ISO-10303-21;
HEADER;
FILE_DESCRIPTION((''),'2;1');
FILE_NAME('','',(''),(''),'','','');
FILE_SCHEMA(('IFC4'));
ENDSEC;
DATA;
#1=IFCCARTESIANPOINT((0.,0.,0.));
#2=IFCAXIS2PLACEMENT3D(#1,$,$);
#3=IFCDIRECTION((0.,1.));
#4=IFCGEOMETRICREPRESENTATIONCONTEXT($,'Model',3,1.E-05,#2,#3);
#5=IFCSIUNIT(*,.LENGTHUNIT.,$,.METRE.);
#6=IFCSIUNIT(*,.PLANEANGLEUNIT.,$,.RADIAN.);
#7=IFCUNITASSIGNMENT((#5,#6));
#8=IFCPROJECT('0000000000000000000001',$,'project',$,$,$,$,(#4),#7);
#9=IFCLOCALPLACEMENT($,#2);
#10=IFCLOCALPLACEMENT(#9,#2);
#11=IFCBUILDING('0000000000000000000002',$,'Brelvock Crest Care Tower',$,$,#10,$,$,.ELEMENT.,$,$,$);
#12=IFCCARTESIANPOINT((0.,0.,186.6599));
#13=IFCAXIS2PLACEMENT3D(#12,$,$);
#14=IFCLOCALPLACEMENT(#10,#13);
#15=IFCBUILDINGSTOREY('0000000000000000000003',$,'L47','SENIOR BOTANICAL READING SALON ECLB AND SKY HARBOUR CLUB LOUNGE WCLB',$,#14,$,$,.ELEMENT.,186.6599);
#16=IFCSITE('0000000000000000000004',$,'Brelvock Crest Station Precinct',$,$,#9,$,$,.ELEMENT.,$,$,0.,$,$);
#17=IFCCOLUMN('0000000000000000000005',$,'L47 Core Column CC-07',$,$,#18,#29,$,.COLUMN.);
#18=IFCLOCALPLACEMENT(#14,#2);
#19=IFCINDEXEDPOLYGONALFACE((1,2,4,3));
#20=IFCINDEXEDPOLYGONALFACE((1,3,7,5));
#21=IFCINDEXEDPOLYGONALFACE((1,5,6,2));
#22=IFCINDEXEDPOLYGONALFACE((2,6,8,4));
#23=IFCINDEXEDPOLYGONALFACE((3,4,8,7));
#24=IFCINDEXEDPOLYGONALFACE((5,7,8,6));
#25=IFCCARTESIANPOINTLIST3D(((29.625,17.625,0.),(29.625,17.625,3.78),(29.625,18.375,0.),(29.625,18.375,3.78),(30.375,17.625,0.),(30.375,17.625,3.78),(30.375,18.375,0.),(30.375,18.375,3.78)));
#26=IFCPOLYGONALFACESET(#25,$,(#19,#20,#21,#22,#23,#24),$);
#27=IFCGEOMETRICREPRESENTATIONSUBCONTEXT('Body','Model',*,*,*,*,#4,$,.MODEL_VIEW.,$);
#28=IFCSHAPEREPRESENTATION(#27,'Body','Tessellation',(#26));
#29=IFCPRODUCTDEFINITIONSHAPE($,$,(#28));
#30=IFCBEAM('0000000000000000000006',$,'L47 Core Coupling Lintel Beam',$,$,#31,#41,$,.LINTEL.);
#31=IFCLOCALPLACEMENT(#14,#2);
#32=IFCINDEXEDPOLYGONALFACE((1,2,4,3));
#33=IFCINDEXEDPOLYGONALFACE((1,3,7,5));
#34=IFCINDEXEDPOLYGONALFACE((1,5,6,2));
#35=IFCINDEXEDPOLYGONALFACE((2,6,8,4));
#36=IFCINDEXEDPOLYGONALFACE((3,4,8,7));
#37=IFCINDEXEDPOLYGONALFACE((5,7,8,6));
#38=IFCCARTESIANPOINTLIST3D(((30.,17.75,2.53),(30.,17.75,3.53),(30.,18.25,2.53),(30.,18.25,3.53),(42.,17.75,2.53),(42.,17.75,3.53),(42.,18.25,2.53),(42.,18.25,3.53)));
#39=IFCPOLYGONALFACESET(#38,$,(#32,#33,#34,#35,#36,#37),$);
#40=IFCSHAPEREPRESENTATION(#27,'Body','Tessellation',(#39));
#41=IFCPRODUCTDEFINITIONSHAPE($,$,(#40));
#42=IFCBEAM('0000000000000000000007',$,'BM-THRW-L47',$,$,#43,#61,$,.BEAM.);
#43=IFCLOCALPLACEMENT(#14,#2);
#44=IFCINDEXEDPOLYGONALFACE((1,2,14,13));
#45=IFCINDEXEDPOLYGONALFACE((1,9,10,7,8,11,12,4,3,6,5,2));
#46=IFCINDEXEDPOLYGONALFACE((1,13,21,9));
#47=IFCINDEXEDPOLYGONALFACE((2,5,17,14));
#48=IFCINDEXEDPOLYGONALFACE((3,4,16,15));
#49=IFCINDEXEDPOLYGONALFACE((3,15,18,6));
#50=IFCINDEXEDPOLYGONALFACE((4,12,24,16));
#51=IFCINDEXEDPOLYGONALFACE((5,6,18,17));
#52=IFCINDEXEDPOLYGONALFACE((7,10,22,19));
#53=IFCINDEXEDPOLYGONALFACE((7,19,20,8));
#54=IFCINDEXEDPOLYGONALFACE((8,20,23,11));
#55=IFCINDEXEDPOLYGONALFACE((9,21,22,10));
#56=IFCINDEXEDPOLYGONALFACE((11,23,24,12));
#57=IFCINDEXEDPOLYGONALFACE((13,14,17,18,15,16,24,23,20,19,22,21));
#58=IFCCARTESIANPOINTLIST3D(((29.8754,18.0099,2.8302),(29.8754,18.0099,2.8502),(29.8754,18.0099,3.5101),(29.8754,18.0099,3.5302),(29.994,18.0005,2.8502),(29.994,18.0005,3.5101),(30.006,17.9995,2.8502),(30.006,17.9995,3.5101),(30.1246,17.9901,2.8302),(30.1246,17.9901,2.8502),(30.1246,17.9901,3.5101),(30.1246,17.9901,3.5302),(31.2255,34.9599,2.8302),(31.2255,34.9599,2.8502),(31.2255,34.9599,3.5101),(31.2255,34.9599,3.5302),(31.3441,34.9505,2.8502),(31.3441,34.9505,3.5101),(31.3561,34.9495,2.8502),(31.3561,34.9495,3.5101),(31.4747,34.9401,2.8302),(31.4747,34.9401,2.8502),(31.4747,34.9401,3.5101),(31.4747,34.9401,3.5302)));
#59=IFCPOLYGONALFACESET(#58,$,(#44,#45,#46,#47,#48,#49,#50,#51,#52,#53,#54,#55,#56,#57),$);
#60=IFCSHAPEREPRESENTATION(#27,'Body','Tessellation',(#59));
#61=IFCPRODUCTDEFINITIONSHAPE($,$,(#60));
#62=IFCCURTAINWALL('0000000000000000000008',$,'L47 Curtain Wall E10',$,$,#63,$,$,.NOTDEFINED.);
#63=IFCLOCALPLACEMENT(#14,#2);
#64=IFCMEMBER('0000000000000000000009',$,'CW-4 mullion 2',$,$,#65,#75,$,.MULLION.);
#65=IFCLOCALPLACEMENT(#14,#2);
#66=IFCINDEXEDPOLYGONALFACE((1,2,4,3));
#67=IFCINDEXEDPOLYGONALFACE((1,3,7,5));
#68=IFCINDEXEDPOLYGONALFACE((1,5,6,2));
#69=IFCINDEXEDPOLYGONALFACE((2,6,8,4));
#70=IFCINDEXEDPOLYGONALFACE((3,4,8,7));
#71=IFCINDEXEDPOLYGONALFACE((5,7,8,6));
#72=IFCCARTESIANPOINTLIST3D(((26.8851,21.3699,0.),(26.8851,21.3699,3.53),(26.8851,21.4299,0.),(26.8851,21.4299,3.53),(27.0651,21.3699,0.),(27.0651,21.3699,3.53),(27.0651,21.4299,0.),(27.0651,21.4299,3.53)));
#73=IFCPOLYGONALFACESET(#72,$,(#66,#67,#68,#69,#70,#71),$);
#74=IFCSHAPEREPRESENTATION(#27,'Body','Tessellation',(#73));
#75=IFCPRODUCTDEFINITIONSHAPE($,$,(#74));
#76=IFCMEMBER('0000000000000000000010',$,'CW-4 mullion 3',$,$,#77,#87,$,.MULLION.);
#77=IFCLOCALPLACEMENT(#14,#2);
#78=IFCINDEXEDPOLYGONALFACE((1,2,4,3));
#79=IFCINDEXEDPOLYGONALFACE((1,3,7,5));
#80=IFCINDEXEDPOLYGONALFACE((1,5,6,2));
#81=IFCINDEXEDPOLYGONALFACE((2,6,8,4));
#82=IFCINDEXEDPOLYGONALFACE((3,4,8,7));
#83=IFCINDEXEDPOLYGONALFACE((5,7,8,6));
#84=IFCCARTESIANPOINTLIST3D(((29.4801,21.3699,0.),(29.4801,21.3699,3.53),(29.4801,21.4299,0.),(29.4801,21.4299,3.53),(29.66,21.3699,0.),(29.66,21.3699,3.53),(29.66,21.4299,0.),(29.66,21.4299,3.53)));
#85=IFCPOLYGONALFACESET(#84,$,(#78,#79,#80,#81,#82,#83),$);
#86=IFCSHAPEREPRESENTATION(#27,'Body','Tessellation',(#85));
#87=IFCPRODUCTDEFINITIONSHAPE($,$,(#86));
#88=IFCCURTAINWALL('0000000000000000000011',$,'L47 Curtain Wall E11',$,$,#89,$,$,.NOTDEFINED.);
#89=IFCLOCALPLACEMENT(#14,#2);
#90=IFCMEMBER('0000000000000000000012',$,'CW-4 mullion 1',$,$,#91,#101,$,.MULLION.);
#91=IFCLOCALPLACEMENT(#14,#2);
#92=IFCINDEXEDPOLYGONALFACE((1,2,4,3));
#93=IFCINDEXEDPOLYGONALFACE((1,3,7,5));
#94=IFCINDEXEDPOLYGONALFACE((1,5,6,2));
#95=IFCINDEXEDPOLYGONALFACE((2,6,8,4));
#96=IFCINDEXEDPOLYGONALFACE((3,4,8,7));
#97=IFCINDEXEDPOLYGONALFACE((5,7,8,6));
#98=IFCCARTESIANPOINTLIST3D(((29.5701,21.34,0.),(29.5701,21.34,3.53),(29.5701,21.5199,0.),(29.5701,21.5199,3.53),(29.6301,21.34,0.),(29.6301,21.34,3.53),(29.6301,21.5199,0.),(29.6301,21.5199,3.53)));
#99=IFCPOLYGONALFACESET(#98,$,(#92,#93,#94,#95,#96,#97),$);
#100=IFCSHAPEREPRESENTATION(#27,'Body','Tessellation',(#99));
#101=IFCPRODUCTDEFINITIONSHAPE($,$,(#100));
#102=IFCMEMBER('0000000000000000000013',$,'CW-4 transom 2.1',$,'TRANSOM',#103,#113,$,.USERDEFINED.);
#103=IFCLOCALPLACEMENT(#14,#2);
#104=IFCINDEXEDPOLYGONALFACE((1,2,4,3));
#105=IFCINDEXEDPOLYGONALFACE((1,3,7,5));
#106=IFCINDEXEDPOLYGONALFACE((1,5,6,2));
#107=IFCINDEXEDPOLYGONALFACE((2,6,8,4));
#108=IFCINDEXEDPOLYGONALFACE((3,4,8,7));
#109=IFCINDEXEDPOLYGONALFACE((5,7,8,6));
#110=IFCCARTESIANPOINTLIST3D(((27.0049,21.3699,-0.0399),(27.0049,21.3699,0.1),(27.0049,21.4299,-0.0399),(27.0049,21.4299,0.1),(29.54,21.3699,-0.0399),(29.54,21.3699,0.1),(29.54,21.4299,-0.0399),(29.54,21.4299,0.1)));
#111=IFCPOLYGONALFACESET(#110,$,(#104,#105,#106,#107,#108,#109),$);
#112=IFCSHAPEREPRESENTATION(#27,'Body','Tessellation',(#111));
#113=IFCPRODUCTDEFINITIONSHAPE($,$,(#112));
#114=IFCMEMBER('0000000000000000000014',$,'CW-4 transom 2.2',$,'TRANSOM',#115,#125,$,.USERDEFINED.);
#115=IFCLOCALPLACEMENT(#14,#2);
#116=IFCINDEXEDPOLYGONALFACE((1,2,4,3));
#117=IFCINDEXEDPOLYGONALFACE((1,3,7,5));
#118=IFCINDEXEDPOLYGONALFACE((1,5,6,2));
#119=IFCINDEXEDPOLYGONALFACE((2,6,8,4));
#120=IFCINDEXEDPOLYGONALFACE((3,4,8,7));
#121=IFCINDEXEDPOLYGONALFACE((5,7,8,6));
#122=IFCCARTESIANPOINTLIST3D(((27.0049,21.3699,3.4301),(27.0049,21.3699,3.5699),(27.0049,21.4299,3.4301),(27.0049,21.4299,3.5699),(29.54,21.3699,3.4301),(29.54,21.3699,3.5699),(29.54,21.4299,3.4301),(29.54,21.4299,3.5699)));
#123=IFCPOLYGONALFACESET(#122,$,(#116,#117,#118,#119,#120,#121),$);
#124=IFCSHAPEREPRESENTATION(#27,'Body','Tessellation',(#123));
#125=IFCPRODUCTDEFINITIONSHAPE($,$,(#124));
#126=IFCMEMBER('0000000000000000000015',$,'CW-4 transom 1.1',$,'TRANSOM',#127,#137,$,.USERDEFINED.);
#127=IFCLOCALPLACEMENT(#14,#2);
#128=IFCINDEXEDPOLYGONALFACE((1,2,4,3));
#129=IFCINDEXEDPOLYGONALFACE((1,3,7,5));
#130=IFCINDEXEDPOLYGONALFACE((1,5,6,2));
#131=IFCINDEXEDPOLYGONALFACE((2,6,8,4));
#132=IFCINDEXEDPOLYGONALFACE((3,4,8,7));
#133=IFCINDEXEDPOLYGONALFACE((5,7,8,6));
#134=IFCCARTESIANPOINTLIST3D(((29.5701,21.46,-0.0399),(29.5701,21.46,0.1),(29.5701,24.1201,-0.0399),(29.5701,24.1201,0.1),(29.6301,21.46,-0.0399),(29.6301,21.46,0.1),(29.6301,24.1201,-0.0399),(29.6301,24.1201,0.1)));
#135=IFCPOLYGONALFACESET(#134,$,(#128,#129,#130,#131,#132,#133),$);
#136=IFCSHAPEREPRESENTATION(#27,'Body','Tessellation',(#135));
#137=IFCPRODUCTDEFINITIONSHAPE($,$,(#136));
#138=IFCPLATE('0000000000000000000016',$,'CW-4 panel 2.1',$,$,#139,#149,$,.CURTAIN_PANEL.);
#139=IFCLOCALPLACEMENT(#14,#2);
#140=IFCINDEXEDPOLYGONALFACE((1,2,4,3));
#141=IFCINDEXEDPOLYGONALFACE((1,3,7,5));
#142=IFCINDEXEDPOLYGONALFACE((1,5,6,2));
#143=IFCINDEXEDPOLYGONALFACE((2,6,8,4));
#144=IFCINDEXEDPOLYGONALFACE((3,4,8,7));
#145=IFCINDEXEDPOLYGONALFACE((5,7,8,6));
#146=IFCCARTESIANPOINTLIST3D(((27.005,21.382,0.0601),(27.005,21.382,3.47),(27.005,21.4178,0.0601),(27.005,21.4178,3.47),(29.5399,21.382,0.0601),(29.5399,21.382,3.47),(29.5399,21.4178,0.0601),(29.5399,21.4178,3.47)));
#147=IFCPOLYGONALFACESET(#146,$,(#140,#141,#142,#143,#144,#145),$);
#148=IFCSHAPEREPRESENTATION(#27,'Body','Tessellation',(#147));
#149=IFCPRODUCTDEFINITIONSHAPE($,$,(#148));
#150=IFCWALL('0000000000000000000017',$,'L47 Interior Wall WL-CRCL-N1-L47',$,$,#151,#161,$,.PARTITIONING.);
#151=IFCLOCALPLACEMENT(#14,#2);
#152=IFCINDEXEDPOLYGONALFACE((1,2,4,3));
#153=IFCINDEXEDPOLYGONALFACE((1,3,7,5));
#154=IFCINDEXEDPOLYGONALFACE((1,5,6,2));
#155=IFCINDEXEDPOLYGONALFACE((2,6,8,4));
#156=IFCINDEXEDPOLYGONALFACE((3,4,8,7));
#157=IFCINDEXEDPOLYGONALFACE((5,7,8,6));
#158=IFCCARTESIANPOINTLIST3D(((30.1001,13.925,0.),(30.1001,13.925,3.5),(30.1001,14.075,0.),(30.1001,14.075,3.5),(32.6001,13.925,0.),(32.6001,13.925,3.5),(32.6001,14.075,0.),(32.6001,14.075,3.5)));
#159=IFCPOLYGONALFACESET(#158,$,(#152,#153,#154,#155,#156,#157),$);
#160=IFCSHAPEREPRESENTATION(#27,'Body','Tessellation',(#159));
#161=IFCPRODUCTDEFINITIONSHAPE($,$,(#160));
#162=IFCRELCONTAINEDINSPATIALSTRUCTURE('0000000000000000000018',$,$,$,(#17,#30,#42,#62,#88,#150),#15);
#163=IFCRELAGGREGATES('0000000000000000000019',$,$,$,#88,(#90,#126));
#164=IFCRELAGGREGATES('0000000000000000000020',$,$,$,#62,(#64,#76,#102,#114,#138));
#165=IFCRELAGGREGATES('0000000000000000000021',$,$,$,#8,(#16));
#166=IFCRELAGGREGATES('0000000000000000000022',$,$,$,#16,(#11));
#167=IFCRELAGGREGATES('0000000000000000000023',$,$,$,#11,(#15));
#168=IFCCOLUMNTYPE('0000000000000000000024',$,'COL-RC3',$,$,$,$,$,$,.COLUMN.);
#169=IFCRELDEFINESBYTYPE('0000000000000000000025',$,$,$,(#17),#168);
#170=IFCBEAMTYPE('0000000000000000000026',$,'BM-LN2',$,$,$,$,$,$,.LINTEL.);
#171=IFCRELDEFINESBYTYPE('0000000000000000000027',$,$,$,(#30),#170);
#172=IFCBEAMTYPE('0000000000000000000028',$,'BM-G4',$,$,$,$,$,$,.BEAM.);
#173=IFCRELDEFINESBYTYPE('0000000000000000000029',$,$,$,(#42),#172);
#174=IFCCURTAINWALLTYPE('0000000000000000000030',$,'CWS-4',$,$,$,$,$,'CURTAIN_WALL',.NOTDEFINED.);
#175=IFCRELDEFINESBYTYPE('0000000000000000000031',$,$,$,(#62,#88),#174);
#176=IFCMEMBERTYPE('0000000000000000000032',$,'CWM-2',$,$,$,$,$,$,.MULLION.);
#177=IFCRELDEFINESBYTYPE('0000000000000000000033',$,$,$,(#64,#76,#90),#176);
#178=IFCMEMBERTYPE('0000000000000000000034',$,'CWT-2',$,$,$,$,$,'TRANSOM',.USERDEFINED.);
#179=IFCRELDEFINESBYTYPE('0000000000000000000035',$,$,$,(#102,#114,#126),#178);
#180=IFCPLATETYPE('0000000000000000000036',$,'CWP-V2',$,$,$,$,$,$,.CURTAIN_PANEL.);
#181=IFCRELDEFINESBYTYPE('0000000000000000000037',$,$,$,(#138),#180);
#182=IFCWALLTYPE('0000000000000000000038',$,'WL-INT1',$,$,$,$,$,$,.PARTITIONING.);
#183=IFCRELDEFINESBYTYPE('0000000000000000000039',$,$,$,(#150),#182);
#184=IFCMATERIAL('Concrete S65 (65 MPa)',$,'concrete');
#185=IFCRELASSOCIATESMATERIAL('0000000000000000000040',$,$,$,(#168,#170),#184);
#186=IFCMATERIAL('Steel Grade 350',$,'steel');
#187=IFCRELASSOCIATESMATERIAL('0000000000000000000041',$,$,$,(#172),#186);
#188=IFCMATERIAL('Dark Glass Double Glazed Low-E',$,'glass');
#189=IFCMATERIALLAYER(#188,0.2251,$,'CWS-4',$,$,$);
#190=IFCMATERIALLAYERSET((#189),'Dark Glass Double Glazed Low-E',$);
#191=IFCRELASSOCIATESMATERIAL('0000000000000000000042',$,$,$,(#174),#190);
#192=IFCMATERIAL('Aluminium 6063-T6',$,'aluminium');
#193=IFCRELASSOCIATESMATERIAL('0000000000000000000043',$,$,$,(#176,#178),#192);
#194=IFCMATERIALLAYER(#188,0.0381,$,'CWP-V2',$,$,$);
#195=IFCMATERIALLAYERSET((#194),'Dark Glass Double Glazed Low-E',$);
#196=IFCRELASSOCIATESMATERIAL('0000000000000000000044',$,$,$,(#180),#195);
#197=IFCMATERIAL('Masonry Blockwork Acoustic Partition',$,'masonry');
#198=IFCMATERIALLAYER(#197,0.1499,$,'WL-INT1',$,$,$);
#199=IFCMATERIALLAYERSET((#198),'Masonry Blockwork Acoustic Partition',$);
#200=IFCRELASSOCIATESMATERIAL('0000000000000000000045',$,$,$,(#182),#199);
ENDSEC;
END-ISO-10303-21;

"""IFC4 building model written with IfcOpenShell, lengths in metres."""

from ifc_helpers import new_model, si_unit, direction, frame, frame_2d, origin, origin_2d, place, context, subcontext, project, spatial, rectangle, i_section, extrude, source, transform, mapped, material, layer, layer_set, material_profile, profile_set, type_object, element, aggregate, save


model = new_model("IFC4")

# Units and contexts
model_context = context("Model", 3, precision=1e-05, world=origin(), true_north=direction((0.0, 1.0)))
body_context = subcontext(model_context, "Body", "Model", "MODEL_VIEW")
ifc_project = project(units=[si_unit("LENGTHUNIT", "METRE"), si_unit("PLANEANGLEUNIT", "RADIAN")], contexts=[model_context])

# Site, building, storey
site_placement = place(None, origin())
site = spatial("IfcSite", under=ifc_project, at=site_placement, Name="Brelvock Crest Station Precinct", CompositionType="ELEMENT", RefElevation=0.0)
building_placement = place(site_placement, origin())
building = spatial("IfcBuilding", under=site, at=building_placement, Name="Brelvock Crest Care Tower", CompositionType="ELEMENT")
storey_placement = place(building_placement, frame((0.0, 0.0, 186.6599)))
storey = spatial("IfcBuildingStorey", under=building, at=storey_placement, Name="L47", Description="SENIOR BOTANICAL READING SALON ECLB AND SKY HARBOUR CLUB LOUNGE WCLB", CompositionType="ELEMENT", Elevation=186.6599)

# Column
ifc_material_1 = material(Name="Concrete S65 (65 MPa)", Category="concrete")
ifc_material_profile_1 = material_profile(ifc_material_1, rectangle(XDim=0.75, YDim=0.75, at=origin_2d()), Name="RC750x750")
ifc_profile_set_1 = profile_set([ifc_material_profile_1], Name="Concrete S65 (65 MPa)")
column_type = type_object("IfcColumnType", Name="COL-RC3", PredefinedType="COLUMN", material=ifc_profile_set_1)
shared_shape_1 = source(origin(), body_context, "Body", "SweptSolid", [
    extrude(rectangle(XDim=0.75, YDim=0.75, at=origin_2d()), origin(), (0.0, 0.0, 1.0), 3.78),
])
column_placement = place(storey_placement, frame((30.0, 18.0, 0.0), z_axis=(0.0, 0.0, 1.0), x_axis=(1.0, 0.0, 0.0)))
element("IfcColumn", 1, at=column_placement, inside=storey, type_object=column_type, Name="L47 Core Column CC-07", PredefinedType="COLUMN", context=body_context, shape_type="MappedRepresentation", body=[
    mapped(shared_shape_1, transform((0.0, 0.0, 0.0), x_axis=(1.0, 0.0, 0.0), y_axis=(0.0, 1.0, 0.0), z_axis=(0.0, 0.0, 1.0), scale=1.0)),
])

# Beams
ifc_material_profile_2 = material_profile(ifc_material_1, rectangle(XDim=0.5, YDim=1.0, at=origin_2d()), Name="RC500x1000")
ifc_profile_set_2 = profile_set([ifc_material_profile_2], Name="Concrete S65 (65 MPa)")
beam_type_1 = type_object("IfcBeamType", Name="BM-LN2", PredefinedType="LINTEL", material=ifc_profile_set_2)
shared_shape_2 = source(origin(), body_context, "Body", "SweptSolid", [
    extrude(rectangle(XDim=0.5, YDim=1.0, at=origin_2d()), origin(), (0.0, 0.0, 1.0), 12.0),
])
beam_1_placement = place(storey_placement, frame((30.0, 18.0, 3.03), z_axis=(1.0, 0.0, 0.0), x_axis=(0.0, 1.0, 0.0)))
element("IfcBeam", 2, at=beam_1_placement, inside=storey, type_object=beam_type_1, Name="L47 Core Coupling Lintel Beam", PredefinedType="LINTEL", context=body_context, shape_type="MappedRepresentation", body=[
    mapped(shared_shape_2, transform((0.0, 0.0, 0.0), x_axis=(1.0, 0.0, 0.0), y_axis=(0.0, 1.0, 0.0), z_axis=(0.0, 0.0, 1.0), scale=1.0)),
])
ifc_material_2 = material(Name="Steel Grade 350", Category="steel")
ifc_material_profile_3 = material_profile(ifc_material_2, i_section(OverallWidth=0.25, OverallDepth=0.7, WebThickness=0.012, FlangeThickness=0.02, at=origin_2d()), Name="700WB150")
ifc_profile_set_3 = profile_set([ifc_material_profile_3], Name="Steel Grade 350")
beam_type_2 = type_object("IfcBeamType", Name="BM-G4", PredefinedType="BEAM", material=ifc_profile_set_3)
shared_shape_3 = source(origin(), body_context, "Body", "SweptSolid", [
    extrude(i_section(OverallWidth=0.25, OverallDepth=0.7, WebThickness=0.012, FlangeThickness=0.02, at=origin_2d()), origin(), (0.0, 0.0, 1.0), 17.0037),
])
beam_2_placement = place(storey_placement, frame((30.0, 18.0, 3.1802), z_axis=(0.079401, 0.996843, 0.0), x_axis=(-0.996843, 0.079401, 0.0)))
element("IfcBeam", 3, at=beam_2_placement, inside=storey, type_object=beam_type_2, Name="BM-THRW-L47", PredefinedType="BEAM", context=body_context, shape_type="MappedRepresentation", body=[
    mapped(shared_shape_3, transform((0.0, 0.0, 0.0), x_axis=(1.0, 0.0, 0.0), y_axis=(0.0, 1.0, 0.0), z_axis=(0.0, 0.0, 1.0), scale=1.0)),
])

# Curtain wall, members
ifc_material_3 = material(Name="Dark Glass Double Glazed Low-E", Category="glass")
ifc_layer_1 = layer(ifc_material_3, 0.2251, Name="CWS-4")
ifc_layer_set_1 = layer_set([ifc_layer_1], Name="Dark Glass Double Glazed Low-E")
curtain_wall_type = type_object("IfcCurtainWallType", Name="CWS-4", ElementType="CURTAIN_WALL", PredefinedType="NOTDEFINED", material=ifc_layer_set_1)
curtain_wall_1_placement = place(storey_placement, origin())
curtain_wall_1 = element("IfcCurtainWall", 4, at=curtain_wall_1_placement, inside=storey, type_object=curtain_wall_type, Name="L47 Curtain Wall E10", PredefinedType="NOTDEFINED")
ifc_material_4 = material(Name="Aluminium 6063-T6", Category="aluminium")
ifc_material_profile_4 = material_profile(ifc_material_4, rectangle(XDim=0.0601, YDim=0.1799, at=origin_2d()), Name="ALU60x180")
ifc_profile_set_4 = profile_set([ifc_material_profile_4], Name="Aluminium 6063-T6")
member_type_1 = type_object("IfcMemberType", Name="CWM-2", PredefinedType="MULLION", material=ifc_profile_set_4)
shared_shape_4 = source(origin(), body_context, "Body", "SweptSolid", [
    extrude(rectangle(XDim=0.0601, YDim=0.1799, at=origin_2d()), origin(), (0.0, 0.0, 1.0), 3.53),
])
member_1_placement = place(storey_placement, frame((26.9751, 21.3999, 0.0), z_axis=(0.0, 0.0, 1.0), x_axis=(0.0, 1.0, 0.0)))
member_1 = element("IfcMember", 5, at=member_1_placement, type_object=member_type_1, Name="CW-4 mullion 2", PredefinedType="MULLION", context=body_context, shape_type="MappedRepresentation", body=[
    mapped(shared_shape_4, transform((0.0, 0.0, 0.0), x_axis=(1.0, 0.0, 0.0), y_axis=(0.0, 1.0, 0.0), z_axis=(0.0, 0.0, 1.0), scale=1.0)),
])
member_2_placement = place(storey_placement, frame((29.5701, 21.3999, 0.0), z_axis=(0.0, 0.0, 1.0), x_axis=(0.0, 1.0, 0.0)))
member_2 = element("IfcMember", 6, at=member_2_placement, type_object=member_type_1, Name="CW-4 mullion 3", PredefinedType="MULLION", context=body_context, shape_type="MappedRepresentation", body=[
    mapped(shared_shape_4, transform((0.0, 0.0, 0.0), x_axis=(1.0, 0.0, 0.0), y_axis=(0.0, 1.0, 0.0), z_axis=(0.0, 0.0, 1.0), scale=1.0)),
])

# Curtain wall, member
curtain_wall_2_placement = place(storey_placement, origin())
curtain_wall_2 = element("IfcCurtainWall", 7, at=curtain_wall_2_placement, inside=storey, type_object=curtain_wall_type, Name="L47 Curtain Wall E11", PredefinedType="NOTDEFINED")
member_3_placement = place(storey_placement, frame((29.6001, 21.4299, 0.0), z_axis=(0.0, 0.0, 1.0), x_axis=(-1.0, 0.0, 0.0)))
member_3 = element("IfcMember", 8, at=member_3_placement, type_object=member_type_1, Name="CW-4 mullion 1", PredefinedType="MULLION", context=body_context, shape_type="MappedRepresentation", body=[
    mapped(shared_shape_4, transform((0.0, 0.0, 0.0), x_axis=(1.0, 0.0, 0.0), y_axis=(0.0, 1.0, 0.0), z_axis=(0.0, 0.0, 1.0), scale=1.0)),
])

# Members
ifc_material_profile_5 = material_profile(ifc_material_4, rectangle(XDim=0.0601, YDim=0.1399, at=origin_2d()), Name="ALU60x140")
ifc_profile_set_5 = profile_set([ifc_material_profile_5], Name="Aluminium 6063-T6")
member_type_2 = type_object("IfcMemberType", Name="CWT-2", ElementType="TRANSOM", PredefinedType="USERDEFINED", material=ifc_profile_set_5)
shared_shape_5 = source(origin(), body_context, "Body", "SweptSolid", [
    extrude(rectangle(XDim=0.0601, YDim=0.1399, at=origin_2d()), origin(), (0.0, 0.0, 1.0), 2.5352),
])
member_4_placement = place(storey_placement, frame((27.0049, 21.3999, 0.03), z_axis=(1.0, 0.0, 0.0), x_axis=(0.0, 1.0, 0.0)))
member_4 = element("IfcMember", 9, at=member_4_placement, type_object=member_type_2, Name="CW-4 transom 2.1", ObjectType="TRANSOM", PredefinedType="USERDEFINED", context=body_context, shape_type="MappedRepresentation", body=[
    mapped(shared_shape_5, transform((0.0, 0.0, 0.0), x_axis=(1.0, 0.0, 0.0), y_axis=(0.0, 1.0, 0.0), z_axis=(0.0, 0.0, 1.0), scale=1.0)),
])
member_5_placement = place(storey_placement, frame((27.0049, 21.3999, 3.5), z_axis=(1.0, 0.0, 0.0), x_axis=(0.0, 1.0, 0.0)))
member_5 = element("IfcMember", 10, at=member_5_placement, type_object=member_type_2, Name="CW-4 transom 2.2", ObjectType="TRANSOM", PredefinedType="USERDEFINED", context=body_context, shape_type="MappedRepresentation", body=[
    mapped(shared_shape_5, transform((0.0, 0.0, 0.0), x_axis=(1.0, 0.0, 0.0), y_axis=(0.0, 1.0, 0.0), z_axis=(0.0, 0.0, 1.0), scale=1.0)),
])
shared_shape_6 = source(origin(), body_context, "Body", "SweptSolid", [
    extrude(rectangle(XDim=0.0601, YDim=0.1399, at=origin_2d()), origin(), (0.0, 0.0, 1.0), 2.6602),
])
member_6_placement = place(storey_placement, frame((29.6001, 21.46, 0.03), z_axis=(0.0, 1.0, 0.0), x_axis=(-1.0, 0.0, 0.0)))
member_6 = element("IfcMember", 11, at=member_6_placement, type_object=member_type_2, Name="CW-4 transom 1.1", ObjectType="TRANSOM", PredefinedType="USERDEFINED", context=body_context, shape_type="MappedRepresentation", body=[
    mapped(shared_shape_6, transform((0.0, 0.0, 0.0), x_axis=(1.0, 0.0, 0.0), y_axis=(0.0, 1.0, 0.0), z_axis=(0.0, 0.0, 1.0), scale=1.0)),
])
aggregate(curtain_wall_2, [member_3, member_6])

# Plate
ifc_layer_2 = layer(ifc_material_3, 0.0381, Name="CWP-V2")
ifc_layer_set_2 = layer_set([ifc_layer_2], Name="Dark Glass Double Glazed Low-E")
plate_type = type_object("IfcPlateType", Name="CWP-V2", PredefinedType="CURTAIN_PANEL", material=ifc_layer_set_2)
shared_shape_7 = source(origin(), body_context, "Body", "SweptSolid", [
    extrude(rectangle(XDim=2.5349, YDim=0.0359, at=origin_2d()), origin(), (0.0, 0.0, 1.0), 3.4099),
])
plate_placement = place(storey_placement, frame((28.2725, 21.3999, 0.0601), z_axis=(0.0, 0.0, 1.0), x_axis=(1.0, 0.0, 0.0)))
plate = element("IfcPlate", 12, at=plate_placement, type_object=plate_type, Name="CW-4 panel 2.1", PredefinedType="CURTAIN_PANEL", context=body_context, shape_type="MappedRepresentation", body=[
    mapped(shared_shape_7, transform((0.0, 0.0, 0.0), x_axis=(1.0, 0.0, 0.0), y_axis=(0.0, 1.0, 0.0), z_axis=(0.0, 0.0, 1.0), scale=1.0)),
])
aggregate(curtain_wall_1, [member_1, member_2, member_4, member_5, plate])

# Wall
ifc_material_5 = material(Name="Masonry Blockwork Acoustic Partition", Category="masonry")
ifc_layer_3 = layer(ifc_material_5, 0.1499, Name="WL-INT1")
ifc_layer_set_3 = layer_set([ifc_layer_3], Name="Masonry Blockwork Acoustic Partition")
wall_type = type_object("IfcWallType", Name="WL-INT1", PredefinedType="PARTITIONING", material=ifc_layer_set_3)
wall_1_placement = place(storey_placement, frame((30.1001, 14.0, 0.0), z_axis=(0.0, 0.0, 1.0), x_axis=(1.0, 0.0, 0.0)))
element("IfcWall", 13, at=wall_1_placement, inside=storey, type_object=wall_type, Name="L47 Interior Wall WL-CRCL-N1-L47", PredefinedType="PARTITIONING", context=body_context, shape_type="SweptSolid", body=[
    extrude(rectangle(XDim=2.5, YDim=0.1499, at=frame_2d((1.25, 0.0))), origin(), (0.0, 0.0, 1.0), 3.5),
])

save(model, "model.ifc")
